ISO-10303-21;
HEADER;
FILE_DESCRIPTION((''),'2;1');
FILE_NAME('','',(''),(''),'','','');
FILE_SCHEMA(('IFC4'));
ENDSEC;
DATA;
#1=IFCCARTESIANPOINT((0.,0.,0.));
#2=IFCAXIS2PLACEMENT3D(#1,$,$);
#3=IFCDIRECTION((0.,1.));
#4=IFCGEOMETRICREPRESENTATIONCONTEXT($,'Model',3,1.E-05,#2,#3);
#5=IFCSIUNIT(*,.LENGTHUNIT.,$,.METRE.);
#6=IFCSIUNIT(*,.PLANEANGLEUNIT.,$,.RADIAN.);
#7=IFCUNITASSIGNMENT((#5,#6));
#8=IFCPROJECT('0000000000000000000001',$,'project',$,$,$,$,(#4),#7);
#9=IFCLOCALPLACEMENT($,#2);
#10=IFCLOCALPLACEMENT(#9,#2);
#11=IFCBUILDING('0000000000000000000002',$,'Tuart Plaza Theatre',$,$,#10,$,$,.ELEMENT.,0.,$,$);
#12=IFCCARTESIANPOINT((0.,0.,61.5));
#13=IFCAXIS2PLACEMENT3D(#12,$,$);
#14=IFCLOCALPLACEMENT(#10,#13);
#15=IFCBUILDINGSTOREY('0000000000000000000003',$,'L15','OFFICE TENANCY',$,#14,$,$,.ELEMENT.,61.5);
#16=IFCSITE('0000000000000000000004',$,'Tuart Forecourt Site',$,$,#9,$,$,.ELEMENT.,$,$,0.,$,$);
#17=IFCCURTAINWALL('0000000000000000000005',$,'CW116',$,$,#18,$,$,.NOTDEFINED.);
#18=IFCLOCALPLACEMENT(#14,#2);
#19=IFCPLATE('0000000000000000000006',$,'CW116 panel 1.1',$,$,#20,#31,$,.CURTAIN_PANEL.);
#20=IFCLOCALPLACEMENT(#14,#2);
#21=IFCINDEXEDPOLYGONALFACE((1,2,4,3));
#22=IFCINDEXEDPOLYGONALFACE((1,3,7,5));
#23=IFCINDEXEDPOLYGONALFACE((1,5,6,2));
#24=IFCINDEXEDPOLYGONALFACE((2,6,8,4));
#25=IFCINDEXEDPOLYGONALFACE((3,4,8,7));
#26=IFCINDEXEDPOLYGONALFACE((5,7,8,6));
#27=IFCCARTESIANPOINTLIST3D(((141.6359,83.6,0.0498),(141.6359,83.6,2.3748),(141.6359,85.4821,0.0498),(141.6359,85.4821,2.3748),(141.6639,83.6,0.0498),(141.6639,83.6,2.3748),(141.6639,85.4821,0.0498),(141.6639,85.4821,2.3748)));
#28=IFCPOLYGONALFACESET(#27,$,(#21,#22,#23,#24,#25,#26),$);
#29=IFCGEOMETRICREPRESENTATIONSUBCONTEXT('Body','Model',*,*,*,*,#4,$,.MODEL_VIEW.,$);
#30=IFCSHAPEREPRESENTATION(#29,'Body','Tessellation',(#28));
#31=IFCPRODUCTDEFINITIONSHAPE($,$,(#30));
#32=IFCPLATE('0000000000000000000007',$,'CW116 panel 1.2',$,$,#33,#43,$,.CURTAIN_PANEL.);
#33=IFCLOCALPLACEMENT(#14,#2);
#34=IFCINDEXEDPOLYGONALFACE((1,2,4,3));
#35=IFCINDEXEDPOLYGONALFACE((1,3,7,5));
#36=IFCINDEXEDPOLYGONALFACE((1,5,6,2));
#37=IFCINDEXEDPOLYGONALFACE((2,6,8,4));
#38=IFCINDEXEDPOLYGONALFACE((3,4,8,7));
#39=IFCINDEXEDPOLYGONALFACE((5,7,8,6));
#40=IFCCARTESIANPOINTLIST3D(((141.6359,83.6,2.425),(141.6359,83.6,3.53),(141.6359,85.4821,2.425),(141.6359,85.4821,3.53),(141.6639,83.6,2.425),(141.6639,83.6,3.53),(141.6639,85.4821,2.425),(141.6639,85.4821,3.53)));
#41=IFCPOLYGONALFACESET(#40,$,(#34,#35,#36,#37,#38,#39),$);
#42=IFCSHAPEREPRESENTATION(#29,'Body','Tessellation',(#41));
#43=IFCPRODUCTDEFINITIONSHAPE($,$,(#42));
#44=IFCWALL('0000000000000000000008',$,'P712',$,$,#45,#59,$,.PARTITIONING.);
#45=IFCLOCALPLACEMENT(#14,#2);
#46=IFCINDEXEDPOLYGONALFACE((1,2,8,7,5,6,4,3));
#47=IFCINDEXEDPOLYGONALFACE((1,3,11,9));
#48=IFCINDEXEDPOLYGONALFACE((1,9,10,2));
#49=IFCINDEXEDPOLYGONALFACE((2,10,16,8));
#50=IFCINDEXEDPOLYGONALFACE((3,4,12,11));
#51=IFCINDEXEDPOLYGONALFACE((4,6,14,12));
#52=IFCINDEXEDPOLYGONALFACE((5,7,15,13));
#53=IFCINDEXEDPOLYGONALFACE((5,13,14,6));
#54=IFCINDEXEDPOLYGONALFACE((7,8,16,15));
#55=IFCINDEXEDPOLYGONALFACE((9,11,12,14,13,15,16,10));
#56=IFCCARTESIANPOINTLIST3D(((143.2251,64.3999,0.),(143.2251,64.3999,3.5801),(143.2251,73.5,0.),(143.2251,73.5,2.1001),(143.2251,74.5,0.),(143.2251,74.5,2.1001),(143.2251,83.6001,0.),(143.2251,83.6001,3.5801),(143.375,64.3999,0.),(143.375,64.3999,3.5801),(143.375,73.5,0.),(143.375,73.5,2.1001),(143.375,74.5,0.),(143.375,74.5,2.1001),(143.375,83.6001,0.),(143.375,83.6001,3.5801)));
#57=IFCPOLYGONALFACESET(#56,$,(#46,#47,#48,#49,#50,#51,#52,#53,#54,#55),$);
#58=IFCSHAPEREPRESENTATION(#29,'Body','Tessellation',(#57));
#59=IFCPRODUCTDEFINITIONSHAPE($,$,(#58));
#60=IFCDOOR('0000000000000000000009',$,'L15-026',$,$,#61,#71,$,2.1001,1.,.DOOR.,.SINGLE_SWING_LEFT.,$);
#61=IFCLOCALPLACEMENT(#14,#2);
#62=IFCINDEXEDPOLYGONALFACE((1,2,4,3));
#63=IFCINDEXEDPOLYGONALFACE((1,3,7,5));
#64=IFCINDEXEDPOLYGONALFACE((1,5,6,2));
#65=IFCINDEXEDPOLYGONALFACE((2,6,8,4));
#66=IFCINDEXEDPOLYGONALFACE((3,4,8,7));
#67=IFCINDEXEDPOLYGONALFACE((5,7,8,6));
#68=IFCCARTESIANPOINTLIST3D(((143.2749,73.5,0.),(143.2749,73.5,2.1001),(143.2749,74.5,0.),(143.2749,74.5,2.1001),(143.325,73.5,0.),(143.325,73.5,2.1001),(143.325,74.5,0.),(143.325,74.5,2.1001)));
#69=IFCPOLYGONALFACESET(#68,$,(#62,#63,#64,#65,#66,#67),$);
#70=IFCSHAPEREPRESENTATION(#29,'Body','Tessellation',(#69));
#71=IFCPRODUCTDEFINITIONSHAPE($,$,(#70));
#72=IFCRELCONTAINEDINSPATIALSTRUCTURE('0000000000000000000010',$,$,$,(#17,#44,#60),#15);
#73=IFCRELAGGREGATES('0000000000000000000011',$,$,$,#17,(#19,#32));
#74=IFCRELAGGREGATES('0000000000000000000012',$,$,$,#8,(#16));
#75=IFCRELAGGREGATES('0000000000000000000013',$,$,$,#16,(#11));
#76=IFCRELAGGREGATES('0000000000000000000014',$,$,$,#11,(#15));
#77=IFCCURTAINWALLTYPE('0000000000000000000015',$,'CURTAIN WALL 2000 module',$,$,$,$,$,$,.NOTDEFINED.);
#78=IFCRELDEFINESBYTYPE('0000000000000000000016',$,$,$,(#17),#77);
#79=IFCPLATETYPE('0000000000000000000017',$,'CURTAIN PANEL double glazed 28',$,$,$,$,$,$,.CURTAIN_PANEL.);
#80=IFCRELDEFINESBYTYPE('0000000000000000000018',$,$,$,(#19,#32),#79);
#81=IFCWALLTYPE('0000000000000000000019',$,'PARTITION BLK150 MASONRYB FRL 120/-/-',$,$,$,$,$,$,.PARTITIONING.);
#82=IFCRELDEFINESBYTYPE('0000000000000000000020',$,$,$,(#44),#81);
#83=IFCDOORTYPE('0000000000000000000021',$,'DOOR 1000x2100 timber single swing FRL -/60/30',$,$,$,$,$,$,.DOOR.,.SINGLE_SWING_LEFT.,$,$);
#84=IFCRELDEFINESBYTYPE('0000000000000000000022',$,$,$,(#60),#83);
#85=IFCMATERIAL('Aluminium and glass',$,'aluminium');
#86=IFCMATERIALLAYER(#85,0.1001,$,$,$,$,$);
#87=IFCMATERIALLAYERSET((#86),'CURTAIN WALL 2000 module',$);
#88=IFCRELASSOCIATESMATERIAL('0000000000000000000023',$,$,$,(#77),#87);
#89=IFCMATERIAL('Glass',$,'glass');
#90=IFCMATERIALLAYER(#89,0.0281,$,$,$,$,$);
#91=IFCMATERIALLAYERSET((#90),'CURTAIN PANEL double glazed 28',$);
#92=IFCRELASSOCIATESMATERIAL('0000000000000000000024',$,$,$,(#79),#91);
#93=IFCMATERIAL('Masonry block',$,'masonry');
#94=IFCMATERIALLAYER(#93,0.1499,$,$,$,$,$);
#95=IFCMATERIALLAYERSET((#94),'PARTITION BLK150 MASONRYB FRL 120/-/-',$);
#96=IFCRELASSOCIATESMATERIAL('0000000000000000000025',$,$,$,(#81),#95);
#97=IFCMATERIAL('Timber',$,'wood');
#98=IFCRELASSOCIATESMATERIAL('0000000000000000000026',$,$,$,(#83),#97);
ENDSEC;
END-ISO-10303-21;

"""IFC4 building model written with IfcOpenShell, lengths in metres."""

from ifc_helpers import new_model, si_unit, direction, frame, frame_2d, origin, origin_2d, place, context, subcontext, project, spatial, rectangle, extrude, material, layer, layer_set, type_object, element, fill, aggregate, save


model = new_model("IFC4")

# Units and contexts
model_context = context("Model", 3, precision=1e-05, world=origin(), true_north=direction((0.0, 1.0)))
body_context = subcontext(model_context, "Body", "Model", "MODEL_VIEW")
ifc_project = project(units=[si_unit("LENGTHUNIT", "METRE"), si_unit("PLANEANGLEUNIT", "RADIAN")], contexts=[model_context])

# Site, building, storey
site_placement = place(None, origin())
site = spatial("IfcSite", under=ifc_project, at=site_placement, Name="Tuart Forecourt Site", CompositionType="ELEMENT", RefElevation=0.0)
building_placement = place(site_placement, origin())
building = spatial("IfcBuilding", under=site, at=building_placement, Name="Tuart Plaza Theatre", CompositionType="ELEMENT", ElevationOfRefHeight=0.0)
storey_placement = place(building_placement, frame((0.0, 0.0, 61.5)))
storey = spatial("IfcBuildingStorey", under=building, at=storey_placement, Name="L15", Description="OFFICE TENANCY", CompositionType="ELEMENT", Elevation=61.5)

# Curtain wall
ifc_material_1 = material(Name="Aluminium and glass", Category="aluminium")
ifc_layer_1 = layer(ifc_material_1, 0.1001)
ifc_layer_set_1 = layer_set([ifc_layer_1], Name="CURTAIN WALL 2000 module")
curtain_wall_type = type_object("IfcCurtainWallType", Name="CURTAIN WALL 2000 module", PredefinedType="NOTDEFINED", material=ifc_layer_set_1)
curtain_wall_1_placement = place(storey_placement, origin())
curtain_wall_1 = element("IfcCurtainWall", 1, at=curtain_wall_1_placement, inside=storey, type_object=curtain_wall_type, Name="CW116", PredefinedType="NOTDEFINED")

# Plates
ifc_material_2 = material(Name="Glass", Category="glass")
ifc_layer_2 = layer(ifc_material_2, 0.0281)
ifc_layer_set_2 = layer_set([ifc_layer_2], Name="CURTAIN PANEL double glazed 28")
plate_type = type_object("IfcPlateType", Name="CURTAIN PANEL double glazed 28", PredefinedType="CURTAIN_PANEL", material=ifc_layer_set_2)
plate_1_placement = place(storey_placement, frame((141.6499, 84.541, 0.0498), z_axis=(0.0, 0.0, 1.0), x_axis=(0.0, 1.0, 0.0)))
plate_1 = element("IfcPlate", 2, at=plate_1_placement, type_object=plate_type, Name="CW116 panel 1.1", PredefinedType="CURTAIN_PANEL", context=body_context, shape_type="SweptSolid", body=[
    extrude(rectangle(XDim=1.8821, YDim=0.0281, at=origin_2d()), origin(), (0.0, 0.0, 1.0), 2.325),
])
plate_2_placement = place(storey_placement, frame((141.6499, 84.541, 2.425), z_axis=(0.0, 0.0, 1.0), x_axis=(0.0, 1.0, 0.0)))
plate_2 = element("IfcPlate", 3, at=plate_2_placement, type_object=plate_type, Name="CW116 panel 1.2", PredefinedType="CURTAIN_PANEL", context=body_context, shape_type="SweptSolid", body=[
    extrude(rectangle(XDim=1.8821, YDim=0.0281, at=origin_2d()), origin(), (0.0, 0.0, 1.0), 1.105),
])
aggregate(curtain_wall_1, [plate_1, plate_2])

# Wall, opening, door
ifc_material_3 = material(Name="Masonry block", Category="masonry")
ifc_layer_3 = layer(ifc_material_3, 0.1499)
ifc_layer_set_3 = layer_set([ifc_layer_3], Name="PARTITION BLK150 MASONRYB FRL 120/-/-")
wall_type = type_object("IfcWallType", Name="PARTITION BLK150 MASONRYB FRL 120/-/-", PredefinedType="PARTITIONING", material=ifc_layer_set_3)
wall_placement = place(storey_placement, frame((143.3, 83.6001, 0.0), z_axis=(0.0, 0.0, 1.0), x_axis=(0.0, -1.0, 0.0)))
wall = element("IfcWall", 4, at=wall_placement, inside=storey, type_object=wall_type, Name="P712", PredefinedType="PARTITIONING", context=body_context, shape_type="SweptSolid", body=[
    extrude(rectangle(XDim=19.2002, YDim=0.1499, at=frame_2d((9.6001, 0.0))), origin(), (0.0, 0.0, 1.0), 3.5801),
])
opening_placement = place(wall_placement, frame((9.1001, 0.0, 0.0)))
opening = element("IfcOpeningElement", 5, at=opening_placement, cuts=wall, PredefinedType="OPENING", context=body_context, shape_type="SweptSolid", body=[
    extrude(rectangle(XDim=1.0, YDim=2.1001, at=frame_2d((0.5, 1.05))), frame((0.0, 0.085, 0.0), z_axis=(0.0, -1.0, 0.0), x_axis=(1.0, 0.0, 0.0)), (0.0, 0.0, 1.0), 0.1699),
])
ifc_material_4 = material(Name="Timber", Category="wood")
door_type = type_object("IfcDoorType", Name="DOOR 1000x2100 timber single swing FRL -/60/30", OperationType="SINGLE_SWING_LEFT", PredefinedType="DOOR", material=ifc_material_4)
door_placement = place(opening_placement, origin())
door = element("IfcDoor", 6, at=door_placement, inside=storey, type_object=door_type, Name="L15-026", OperationType="SINGLE_SWING_LEFT", OverallHeight=2.1001, OverallWidth=1.0, PredefinedType="DOOR", context=body_context, shape_type="SweptSolid", body=[
    extrude(rectangle(XDim=1.0, YDim=2.1001, at=frame_2d((0.5, 1.05))), frame((0.0, 0.0249, 0.0), z_axis=(0.0, -1.0, 0.0), x_axis=(1.0, 0.0, 0.0)), (0.0, 0.0, 1.0), 0.05),
])
fill(opening, door)

save(model, "model.ifc")
